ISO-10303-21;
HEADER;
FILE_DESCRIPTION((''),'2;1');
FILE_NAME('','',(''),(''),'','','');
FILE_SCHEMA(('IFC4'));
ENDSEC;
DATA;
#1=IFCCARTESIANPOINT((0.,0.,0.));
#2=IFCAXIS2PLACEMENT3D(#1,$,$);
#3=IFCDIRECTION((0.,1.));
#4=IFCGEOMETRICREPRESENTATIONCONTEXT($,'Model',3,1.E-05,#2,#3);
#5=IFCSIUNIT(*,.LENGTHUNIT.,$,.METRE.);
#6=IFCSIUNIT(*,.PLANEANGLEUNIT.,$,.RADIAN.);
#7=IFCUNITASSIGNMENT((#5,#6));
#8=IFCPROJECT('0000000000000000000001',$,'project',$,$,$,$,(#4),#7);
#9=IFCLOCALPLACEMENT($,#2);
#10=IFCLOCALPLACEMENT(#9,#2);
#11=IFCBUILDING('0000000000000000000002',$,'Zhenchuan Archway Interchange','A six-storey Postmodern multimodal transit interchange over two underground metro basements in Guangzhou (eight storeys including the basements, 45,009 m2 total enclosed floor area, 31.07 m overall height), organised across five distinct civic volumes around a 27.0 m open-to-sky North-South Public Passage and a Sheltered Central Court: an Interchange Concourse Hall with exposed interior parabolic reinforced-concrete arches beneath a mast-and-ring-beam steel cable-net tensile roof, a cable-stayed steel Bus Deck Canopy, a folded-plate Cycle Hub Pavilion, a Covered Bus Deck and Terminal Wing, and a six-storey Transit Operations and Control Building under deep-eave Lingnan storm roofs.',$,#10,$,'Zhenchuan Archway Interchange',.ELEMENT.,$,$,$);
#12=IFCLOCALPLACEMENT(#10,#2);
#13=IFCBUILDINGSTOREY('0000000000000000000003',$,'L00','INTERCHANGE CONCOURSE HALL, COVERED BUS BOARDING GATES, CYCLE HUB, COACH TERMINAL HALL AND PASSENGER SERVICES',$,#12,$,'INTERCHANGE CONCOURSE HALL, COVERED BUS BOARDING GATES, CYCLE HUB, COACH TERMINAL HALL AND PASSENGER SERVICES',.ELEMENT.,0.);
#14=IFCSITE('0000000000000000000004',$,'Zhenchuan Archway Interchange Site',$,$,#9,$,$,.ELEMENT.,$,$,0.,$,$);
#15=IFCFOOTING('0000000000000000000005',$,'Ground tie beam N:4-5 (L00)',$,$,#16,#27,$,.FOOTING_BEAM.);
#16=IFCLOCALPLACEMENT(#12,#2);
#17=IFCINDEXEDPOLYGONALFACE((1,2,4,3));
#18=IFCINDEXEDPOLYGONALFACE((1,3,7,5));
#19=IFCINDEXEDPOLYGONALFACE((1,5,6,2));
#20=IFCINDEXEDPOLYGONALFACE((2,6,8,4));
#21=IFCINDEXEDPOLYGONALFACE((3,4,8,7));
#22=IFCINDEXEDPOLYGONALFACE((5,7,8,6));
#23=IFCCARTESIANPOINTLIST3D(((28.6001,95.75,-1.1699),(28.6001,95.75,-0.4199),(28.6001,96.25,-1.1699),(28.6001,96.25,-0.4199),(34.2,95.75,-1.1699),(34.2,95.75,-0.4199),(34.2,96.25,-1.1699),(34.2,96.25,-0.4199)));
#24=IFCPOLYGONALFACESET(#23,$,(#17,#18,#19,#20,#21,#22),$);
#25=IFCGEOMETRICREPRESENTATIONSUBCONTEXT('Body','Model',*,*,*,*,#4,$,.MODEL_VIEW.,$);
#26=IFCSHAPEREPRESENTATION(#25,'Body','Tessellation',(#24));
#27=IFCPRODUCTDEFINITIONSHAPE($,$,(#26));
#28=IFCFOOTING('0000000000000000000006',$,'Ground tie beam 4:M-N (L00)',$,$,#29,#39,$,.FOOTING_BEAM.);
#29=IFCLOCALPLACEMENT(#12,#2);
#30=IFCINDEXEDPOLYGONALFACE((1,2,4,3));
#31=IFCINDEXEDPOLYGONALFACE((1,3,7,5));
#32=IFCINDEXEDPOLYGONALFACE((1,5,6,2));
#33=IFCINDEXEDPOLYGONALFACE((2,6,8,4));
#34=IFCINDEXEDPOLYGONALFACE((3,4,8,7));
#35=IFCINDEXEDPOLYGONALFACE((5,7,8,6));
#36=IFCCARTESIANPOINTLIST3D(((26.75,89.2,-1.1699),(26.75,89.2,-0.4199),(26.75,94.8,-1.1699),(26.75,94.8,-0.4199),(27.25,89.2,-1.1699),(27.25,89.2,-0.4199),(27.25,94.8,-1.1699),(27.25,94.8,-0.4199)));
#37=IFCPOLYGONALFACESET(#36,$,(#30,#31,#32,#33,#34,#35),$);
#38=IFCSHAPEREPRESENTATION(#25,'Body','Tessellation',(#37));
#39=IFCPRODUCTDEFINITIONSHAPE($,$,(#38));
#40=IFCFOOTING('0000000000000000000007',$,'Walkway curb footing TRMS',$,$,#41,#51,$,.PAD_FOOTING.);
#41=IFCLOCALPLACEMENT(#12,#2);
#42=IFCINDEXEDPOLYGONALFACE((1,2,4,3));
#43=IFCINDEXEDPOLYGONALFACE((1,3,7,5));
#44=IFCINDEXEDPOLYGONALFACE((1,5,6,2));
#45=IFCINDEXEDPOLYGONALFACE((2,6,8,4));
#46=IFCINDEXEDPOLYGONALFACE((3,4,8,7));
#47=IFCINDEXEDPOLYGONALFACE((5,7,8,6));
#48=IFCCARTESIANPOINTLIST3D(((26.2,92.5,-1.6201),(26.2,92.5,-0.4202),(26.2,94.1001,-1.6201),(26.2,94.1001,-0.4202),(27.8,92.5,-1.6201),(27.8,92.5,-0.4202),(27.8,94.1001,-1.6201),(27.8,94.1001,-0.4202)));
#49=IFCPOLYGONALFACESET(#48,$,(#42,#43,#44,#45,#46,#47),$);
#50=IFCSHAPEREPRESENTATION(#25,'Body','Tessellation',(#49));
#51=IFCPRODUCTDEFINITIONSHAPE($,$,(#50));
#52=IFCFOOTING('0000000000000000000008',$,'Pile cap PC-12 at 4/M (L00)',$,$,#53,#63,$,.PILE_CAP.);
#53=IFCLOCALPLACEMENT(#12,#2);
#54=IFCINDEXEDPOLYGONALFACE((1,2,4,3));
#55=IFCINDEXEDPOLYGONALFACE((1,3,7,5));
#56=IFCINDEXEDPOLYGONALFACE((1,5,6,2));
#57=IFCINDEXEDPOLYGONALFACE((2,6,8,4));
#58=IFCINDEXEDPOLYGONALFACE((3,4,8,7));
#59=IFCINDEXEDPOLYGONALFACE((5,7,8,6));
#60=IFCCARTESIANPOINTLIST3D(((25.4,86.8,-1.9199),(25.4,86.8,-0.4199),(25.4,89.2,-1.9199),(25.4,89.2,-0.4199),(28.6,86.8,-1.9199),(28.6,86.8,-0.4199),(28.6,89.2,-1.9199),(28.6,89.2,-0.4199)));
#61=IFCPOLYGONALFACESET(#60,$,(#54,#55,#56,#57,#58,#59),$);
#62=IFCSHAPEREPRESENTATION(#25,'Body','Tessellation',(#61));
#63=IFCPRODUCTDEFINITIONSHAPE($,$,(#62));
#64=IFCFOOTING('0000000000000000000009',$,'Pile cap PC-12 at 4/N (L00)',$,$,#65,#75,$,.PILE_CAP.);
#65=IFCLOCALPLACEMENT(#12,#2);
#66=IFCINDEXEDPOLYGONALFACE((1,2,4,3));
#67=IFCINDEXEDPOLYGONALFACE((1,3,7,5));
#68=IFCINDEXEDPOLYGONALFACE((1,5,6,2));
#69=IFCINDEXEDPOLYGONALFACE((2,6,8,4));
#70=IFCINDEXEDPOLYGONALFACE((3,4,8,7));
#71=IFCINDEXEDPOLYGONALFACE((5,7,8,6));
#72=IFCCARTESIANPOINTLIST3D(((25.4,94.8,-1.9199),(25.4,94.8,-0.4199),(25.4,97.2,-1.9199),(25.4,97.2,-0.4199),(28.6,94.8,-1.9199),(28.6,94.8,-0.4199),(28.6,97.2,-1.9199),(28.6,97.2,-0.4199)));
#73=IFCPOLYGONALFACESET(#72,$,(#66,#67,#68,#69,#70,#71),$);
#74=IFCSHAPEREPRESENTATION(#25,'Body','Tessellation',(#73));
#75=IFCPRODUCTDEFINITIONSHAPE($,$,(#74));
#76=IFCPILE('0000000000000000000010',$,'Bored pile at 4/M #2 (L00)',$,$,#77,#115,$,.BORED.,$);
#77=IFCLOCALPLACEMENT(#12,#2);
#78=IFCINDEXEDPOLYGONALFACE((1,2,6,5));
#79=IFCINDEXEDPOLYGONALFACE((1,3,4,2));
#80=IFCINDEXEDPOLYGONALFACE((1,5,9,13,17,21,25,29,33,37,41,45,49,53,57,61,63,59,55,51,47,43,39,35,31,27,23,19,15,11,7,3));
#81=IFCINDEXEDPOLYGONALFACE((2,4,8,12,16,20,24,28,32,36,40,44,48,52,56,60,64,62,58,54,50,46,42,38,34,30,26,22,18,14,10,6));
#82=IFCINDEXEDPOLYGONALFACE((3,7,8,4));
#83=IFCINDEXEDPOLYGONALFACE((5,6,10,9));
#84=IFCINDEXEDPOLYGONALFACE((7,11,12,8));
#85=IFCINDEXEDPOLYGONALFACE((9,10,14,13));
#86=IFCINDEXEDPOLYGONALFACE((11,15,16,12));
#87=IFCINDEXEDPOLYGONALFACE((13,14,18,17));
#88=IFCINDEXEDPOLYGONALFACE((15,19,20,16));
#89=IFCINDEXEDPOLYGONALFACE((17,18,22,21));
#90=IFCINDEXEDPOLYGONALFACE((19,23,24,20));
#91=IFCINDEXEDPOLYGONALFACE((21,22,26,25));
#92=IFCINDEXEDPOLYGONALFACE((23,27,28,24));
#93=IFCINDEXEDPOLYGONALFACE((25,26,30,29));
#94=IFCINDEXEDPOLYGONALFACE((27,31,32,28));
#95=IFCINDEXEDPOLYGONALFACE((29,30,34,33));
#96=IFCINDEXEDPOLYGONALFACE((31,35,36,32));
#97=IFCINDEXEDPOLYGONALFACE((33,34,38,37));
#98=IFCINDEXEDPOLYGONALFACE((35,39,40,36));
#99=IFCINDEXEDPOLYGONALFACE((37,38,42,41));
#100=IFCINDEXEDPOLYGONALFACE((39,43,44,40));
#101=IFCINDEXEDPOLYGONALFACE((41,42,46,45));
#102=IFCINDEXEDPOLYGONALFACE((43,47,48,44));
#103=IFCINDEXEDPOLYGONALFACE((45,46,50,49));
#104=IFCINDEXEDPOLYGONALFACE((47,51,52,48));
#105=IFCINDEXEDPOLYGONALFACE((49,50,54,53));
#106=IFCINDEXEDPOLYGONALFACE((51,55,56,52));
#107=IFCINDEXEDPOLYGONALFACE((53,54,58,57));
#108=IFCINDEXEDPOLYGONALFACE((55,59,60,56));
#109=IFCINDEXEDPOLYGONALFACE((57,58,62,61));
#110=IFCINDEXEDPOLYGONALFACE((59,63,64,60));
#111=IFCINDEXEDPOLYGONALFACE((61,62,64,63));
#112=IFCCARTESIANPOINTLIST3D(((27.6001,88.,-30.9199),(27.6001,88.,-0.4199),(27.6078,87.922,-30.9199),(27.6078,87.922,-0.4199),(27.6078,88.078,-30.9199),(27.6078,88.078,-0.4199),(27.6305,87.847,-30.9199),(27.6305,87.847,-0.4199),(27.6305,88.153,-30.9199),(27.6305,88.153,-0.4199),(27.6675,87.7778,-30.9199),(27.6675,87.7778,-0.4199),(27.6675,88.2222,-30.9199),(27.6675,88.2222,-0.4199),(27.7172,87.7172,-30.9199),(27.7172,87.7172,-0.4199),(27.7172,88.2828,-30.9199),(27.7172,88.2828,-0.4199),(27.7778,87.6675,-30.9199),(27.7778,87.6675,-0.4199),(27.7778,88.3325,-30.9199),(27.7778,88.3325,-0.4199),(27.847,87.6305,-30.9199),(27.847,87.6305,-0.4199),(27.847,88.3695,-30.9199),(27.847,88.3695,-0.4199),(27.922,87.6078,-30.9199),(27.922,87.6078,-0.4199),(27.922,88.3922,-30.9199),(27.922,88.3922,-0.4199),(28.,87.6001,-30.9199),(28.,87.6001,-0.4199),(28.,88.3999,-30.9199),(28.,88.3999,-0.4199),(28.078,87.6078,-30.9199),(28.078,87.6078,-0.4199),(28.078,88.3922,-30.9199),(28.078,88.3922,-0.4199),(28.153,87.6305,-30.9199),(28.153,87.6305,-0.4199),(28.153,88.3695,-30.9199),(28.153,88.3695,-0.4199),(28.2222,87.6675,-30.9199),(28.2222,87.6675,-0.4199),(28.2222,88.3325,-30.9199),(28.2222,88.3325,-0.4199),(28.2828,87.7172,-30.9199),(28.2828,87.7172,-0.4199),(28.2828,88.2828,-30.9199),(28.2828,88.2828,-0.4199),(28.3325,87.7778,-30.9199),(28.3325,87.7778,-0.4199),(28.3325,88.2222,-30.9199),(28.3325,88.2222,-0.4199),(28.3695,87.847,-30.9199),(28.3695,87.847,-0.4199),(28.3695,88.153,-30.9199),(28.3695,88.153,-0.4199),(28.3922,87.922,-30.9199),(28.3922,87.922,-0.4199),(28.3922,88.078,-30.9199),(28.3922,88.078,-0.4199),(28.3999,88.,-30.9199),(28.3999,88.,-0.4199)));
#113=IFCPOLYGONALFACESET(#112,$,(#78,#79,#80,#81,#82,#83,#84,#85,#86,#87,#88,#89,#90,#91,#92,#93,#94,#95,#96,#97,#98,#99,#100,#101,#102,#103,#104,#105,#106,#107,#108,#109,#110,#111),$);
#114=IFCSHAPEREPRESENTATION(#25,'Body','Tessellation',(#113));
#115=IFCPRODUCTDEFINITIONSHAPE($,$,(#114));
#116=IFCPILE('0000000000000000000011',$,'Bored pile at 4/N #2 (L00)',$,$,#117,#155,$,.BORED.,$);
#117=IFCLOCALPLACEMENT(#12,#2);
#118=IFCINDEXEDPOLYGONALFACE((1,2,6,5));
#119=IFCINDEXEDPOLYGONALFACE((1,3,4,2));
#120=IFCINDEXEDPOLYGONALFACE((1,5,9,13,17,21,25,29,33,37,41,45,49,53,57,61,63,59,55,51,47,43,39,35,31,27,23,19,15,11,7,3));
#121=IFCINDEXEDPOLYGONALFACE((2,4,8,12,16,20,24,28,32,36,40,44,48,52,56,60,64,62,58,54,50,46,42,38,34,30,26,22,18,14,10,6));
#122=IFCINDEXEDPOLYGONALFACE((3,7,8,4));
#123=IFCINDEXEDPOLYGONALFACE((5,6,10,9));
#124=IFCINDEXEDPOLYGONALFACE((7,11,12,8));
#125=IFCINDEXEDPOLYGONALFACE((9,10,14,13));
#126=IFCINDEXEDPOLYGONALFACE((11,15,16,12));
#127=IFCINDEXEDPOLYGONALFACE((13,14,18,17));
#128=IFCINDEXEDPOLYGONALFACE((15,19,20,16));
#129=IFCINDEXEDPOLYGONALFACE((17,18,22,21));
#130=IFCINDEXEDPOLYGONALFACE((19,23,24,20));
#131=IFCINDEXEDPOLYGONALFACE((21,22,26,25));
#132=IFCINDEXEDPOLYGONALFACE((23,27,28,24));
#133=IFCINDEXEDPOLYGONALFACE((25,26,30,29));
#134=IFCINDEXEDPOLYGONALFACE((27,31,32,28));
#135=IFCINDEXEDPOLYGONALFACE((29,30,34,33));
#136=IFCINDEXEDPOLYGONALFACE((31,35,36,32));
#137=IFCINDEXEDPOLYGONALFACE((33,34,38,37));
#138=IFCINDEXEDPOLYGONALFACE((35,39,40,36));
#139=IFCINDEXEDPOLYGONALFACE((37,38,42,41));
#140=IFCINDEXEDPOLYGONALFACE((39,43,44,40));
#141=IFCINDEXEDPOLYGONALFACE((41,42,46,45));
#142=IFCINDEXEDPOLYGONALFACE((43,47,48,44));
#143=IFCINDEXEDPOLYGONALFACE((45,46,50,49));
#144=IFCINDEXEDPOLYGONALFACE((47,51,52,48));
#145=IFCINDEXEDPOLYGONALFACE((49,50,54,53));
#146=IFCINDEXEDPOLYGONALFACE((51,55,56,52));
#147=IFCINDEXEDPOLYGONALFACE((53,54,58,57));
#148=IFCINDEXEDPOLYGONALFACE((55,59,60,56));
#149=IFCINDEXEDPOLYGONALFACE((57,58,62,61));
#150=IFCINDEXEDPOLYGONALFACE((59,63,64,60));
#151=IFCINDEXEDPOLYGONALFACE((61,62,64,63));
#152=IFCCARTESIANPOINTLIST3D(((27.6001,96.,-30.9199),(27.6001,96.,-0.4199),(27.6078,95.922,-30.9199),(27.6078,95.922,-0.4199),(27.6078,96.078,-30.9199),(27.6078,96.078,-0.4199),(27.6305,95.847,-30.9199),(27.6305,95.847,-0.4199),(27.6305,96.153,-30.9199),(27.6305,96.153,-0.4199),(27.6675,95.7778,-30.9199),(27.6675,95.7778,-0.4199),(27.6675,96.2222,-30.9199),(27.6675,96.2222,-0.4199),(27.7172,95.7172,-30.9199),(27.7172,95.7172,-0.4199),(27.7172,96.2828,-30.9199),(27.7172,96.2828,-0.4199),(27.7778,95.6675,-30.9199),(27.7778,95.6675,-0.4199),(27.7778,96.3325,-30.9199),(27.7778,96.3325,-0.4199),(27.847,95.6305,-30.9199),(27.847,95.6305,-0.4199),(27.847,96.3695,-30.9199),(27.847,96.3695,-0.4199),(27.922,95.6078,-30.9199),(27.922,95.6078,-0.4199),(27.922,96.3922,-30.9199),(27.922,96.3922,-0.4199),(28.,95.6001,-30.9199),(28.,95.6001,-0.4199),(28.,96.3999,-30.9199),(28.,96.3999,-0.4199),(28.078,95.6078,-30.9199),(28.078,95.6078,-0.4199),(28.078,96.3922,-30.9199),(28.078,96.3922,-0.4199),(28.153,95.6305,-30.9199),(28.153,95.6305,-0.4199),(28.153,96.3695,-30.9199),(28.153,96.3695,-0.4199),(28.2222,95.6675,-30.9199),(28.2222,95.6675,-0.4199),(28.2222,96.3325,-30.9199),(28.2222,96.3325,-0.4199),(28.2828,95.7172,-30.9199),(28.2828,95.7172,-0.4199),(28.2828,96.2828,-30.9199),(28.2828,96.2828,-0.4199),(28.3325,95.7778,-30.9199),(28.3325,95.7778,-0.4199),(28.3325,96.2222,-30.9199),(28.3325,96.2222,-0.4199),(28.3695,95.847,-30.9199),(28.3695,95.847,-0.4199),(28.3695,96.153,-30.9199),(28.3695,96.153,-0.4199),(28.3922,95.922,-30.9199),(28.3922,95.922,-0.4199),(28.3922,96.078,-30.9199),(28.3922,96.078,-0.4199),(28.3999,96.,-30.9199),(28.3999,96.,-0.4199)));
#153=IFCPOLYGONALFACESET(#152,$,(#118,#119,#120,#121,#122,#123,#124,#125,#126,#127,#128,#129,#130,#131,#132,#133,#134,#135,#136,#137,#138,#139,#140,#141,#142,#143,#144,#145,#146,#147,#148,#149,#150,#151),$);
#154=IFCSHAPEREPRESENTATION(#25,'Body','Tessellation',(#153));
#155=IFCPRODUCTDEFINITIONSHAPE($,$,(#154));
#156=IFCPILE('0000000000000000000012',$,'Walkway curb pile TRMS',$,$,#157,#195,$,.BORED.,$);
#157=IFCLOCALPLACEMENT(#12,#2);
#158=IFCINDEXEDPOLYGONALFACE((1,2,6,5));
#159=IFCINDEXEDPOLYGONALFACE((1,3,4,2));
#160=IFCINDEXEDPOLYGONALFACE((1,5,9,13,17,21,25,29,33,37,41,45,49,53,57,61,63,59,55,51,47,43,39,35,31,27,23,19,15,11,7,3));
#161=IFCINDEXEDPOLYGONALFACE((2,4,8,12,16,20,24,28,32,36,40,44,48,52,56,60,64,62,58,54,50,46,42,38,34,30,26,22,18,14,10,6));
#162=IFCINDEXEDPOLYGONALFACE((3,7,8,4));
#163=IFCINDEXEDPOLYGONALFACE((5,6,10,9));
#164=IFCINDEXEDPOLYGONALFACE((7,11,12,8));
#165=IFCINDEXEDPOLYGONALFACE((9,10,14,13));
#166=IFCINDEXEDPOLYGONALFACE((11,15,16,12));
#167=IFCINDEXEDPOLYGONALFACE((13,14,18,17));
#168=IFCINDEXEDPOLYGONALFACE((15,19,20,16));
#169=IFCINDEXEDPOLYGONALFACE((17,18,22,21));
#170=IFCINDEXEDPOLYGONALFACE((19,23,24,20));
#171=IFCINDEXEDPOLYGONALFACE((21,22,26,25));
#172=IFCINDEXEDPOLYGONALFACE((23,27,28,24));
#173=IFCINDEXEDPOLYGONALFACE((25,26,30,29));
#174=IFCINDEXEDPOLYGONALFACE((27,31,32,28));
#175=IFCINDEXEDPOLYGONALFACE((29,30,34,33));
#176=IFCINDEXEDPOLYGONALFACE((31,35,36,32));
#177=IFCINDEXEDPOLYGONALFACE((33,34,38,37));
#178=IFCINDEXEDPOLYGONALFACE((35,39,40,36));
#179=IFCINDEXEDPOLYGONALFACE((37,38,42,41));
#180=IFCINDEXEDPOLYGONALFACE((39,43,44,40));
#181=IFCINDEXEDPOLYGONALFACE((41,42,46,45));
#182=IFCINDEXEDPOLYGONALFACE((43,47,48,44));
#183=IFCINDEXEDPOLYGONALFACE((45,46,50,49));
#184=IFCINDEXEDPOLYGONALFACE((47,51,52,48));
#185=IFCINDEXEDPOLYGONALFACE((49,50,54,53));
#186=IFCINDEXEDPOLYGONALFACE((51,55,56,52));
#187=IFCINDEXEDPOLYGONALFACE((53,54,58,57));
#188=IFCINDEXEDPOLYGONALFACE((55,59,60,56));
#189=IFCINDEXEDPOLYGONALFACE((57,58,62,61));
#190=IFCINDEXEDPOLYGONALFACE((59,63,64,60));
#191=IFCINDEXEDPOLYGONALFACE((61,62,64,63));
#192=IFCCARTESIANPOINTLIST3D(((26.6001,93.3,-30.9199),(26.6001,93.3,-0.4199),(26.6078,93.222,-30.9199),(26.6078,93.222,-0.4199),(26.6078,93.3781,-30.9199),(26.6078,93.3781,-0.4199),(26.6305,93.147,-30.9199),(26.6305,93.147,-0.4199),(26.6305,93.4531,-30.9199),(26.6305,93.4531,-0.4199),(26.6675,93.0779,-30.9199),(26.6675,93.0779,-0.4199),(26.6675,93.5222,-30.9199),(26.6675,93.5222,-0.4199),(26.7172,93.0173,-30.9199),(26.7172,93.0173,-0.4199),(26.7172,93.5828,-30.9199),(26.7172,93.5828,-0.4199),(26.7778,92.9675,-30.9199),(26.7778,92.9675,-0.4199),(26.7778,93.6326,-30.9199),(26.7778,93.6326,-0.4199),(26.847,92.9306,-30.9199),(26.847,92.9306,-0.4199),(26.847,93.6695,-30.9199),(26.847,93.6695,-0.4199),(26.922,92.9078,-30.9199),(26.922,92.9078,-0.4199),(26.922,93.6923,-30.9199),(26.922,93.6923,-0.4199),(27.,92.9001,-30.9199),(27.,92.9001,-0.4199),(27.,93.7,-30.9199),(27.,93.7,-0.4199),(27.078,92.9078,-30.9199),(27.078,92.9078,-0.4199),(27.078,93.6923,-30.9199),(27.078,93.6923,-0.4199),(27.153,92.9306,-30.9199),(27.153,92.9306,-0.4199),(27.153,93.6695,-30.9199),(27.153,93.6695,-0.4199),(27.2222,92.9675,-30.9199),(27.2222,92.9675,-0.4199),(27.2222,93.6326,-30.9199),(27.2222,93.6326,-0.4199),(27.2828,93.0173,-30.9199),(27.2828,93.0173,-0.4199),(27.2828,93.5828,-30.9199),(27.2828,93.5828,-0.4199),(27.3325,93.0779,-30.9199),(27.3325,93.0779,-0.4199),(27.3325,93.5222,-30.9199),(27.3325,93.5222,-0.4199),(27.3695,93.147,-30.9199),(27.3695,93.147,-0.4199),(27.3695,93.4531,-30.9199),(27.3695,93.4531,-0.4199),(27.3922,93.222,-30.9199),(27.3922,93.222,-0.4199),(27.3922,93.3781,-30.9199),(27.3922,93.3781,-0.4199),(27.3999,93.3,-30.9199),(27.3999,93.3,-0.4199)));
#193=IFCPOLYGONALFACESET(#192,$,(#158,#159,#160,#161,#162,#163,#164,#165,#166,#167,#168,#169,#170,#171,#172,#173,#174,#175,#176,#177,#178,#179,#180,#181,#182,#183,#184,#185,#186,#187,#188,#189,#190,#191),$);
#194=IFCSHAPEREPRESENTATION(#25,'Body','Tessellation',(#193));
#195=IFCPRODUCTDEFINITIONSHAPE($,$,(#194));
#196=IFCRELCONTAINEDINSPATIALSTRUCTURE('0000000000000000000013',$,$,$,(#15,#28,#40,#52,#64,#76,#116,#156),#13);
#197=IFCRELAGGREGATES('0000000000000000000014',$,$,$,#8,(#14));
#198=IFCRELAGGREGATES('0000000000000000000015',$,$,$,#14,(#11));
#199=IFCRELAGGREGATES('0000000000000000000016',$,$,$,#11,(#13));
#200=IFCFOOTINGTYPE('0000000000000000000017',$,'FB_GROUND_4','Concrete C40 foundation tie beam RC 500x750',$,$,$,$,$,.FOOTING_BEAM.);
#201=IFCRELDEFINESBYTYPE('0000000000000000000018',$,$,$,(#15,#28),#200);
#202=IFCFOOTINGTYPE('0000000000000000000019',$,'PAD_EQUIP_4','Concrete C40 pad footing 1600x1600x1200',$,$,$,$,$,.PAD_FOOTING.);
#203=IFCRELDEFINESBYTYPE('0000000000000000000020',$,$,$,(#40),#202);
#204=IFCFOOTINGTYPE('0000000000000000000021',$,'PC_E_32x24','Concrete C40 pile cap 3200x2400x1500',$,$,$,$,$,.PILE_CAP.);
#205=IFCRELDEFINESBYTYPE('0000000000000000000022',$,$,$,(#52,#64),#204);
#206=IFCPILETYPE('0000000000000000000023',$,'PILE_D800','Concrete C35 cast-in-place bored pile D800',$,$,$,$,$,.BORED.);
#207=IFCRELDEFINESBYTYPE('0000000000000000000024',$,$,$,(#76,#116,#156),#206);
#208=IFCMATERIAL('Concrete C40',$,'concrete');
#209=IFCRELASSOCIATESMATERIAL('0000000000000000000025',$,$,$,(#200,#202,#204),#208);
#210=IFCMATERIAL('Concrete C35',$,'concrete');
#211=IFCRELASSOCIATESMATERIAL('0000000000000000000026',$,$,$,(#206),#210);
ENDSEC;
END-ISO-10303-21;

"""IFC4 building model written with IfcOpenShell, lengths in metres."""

from ifc_helpers import new_model, si_unit, direction, frame, origin, origin_2d, place, context, subcontext, project, spatial, rectangle, circle, extrude, material, material_profile, profile_set, type_object, element, save


model = new_model("IFC4")

# Units and contexts
model_context = context("Model", 3, precision=1e-05, world=origin(), true_north=direction((0.0, 1.0)))
body_context = subcontext(model_context, "Body", "Model", "MODEL_VIEW")
ifc_project = project(units=[si_unit("LENGTHUNIT", "METRE"), si_unit("PLANEANGLEUNIT", "RADIAN")], contexts=[model_context])

# Site, building, storey
site_placement = place(None, origin())
site = spatial("IfcSite", under=ifc_project, at=site_placement, Name="Zhenchuan Archway Interchange Site", CompositionType="ELEMENT", RefElevation=0.0)
building_placement = place(site_placement, origin())
building = spatial("IfcBuilding", under=site, at=building_placement, Name="Zhenchuan Archway Interchange", Description="A six-storey Postmodern multimodal transit interchange over two underground metro basements in Guangzhou (eight storeys including the basements, 45,009 m2 total enclosed floor area, 31.07 m overall height), organised across five distinct civic volumes around a 27.0 m open-to-sky North-South Public Passage and a Sheltered Central Court: an Interchange Concourse Hall with exposed interior parabolic reinforced-concrete arches beneath a mast-and-ring-beam steel cable-net tensile roof, a cable-stayed steel Bus Deck Canopy, a folded-plate Cycle Hub Pavilion, a Covered Bus Deck and Terminal Wing, and a six-storey Transit Operations and Control Building under deep-eave Lingnan storm roofs.", LongName="Zhenchuan Archway Interchange", CompositionType="ELEMENT")
storey_placement = place(building_placement, origin())
storey = spatial("IfcBuildingStorey", under=building, at=storey_placement, Name="L00", Description="INTERCHANGE CONCOURSE HALL, COVERED BUS BOARDING GATES, CYCLE HUB, COACH TERMINAL HALL AND PASSENGER SERVICES", LongName="INTERCHANGE CONCOURSE HALL, COVERED BUS BOARDING GATES, CYCLE HUB, COACH TERMINAL HALL AND PASSENGER SERVICES", CompositionType="ELEMENT", Elevation=0.0)

# Footings
ifc_material_1 = material(Name="Concrete C40", Category="concrete")
ifc_material_profile_1 = material_profile(ifc_material_1, rectangle(XDim=0.5, YDim=0.75, at=origin_2d()), Name="RC 500x750")
ifc_profile_set_1 = profile_set([ifc_material_profile_1], Name="Concrete C40")
footing_type_1 = type_object("IfcFootingType", Name="FB_GROUND_4", Description="Concrete C40 foundation tie beam RC 500x750", PredefinedType="FOOTING_BEAM", material=ifc_profile_set_1)
footing_1_placement = place(storey_placement, frame((28.6001, 96.0, -0.7949), z_axis=(1.0, 0.0, 0.0), x_axis=(0.0, 1.0, 0.0)))
element("IfcFooting", 1, at=footing_1_placement, inside=storey, type_object=footing_type_1, Name="Ground tie beam N:4-5 (L00)", PredefinedType="FOOTING_BEAM", context=body_context, shape_type="SweptSolid", body=[
    extrude(rectangle(XDim=0.5, YDim=0.75, at=origin_2d()), origin(), (0.0, 0.0, 1.0), 5.5999),
])
footing_2_placement = place(storey_placement, frame((27.0, 89.2, -0.7949), z_axis=(0.0, 1.0, 0.0), x_axis=(-1.0, 0.0, 0.0)))
element("IfcFooting", 2, at=footing_2_placement, inside=storey, type_object=footing_type_1, Name="Ground tie beam 4:M-N (L00)", PredefinedType="FOOTING_BEAM", context=body_context, shape_type="SweptSolid", body=[
    extrude(rectangle(XDim=0.5, YDim=0.75, at=origin_2d()), origin(), (0.0, 0.0, 1.0), 5.6001),
])
footing_type_2 = type_object("IfcFootingType", Name="PAD_EQUIP_4", Description="Concrete C40 pad footing 1600x1600x1200", PredefinedType="PAD_FOOTING", material=ifc_material_1)
footing_3_placement = place(storey_placement, frame((27.0, 93.3, -1.6201), z_axis=(0.0, 0.0, 1.0), x_axis=(1.0, 0.0, 0.0)))
element("IfcFooting", 3, at=footing_3_placement, inside=storey, type_object=footing_type_2, Name="Walkway curb footing TRMS", PredefinedType="PAD_FOOTING", context=body_context, shape_type="SweptSolid", body=[
    extrude(rectangle(XDim=1.6001, YDim=1.6001, at=origin_2d()), origin(), (0.0, 0.0, 1.0), 1.2),
])
footing_type_3 = type_object("IfcFootingType", Name="PC_E_32x24", Description="Concrete C40 pile cap 3200x2400x1500", PredefinedType="PILE_CAP", material=ifc_material_1)
for number, where, z_axis, x_axis, name in (
    (4, (27.0, 88.0, -1.9199), (0.0, 0.0, 1.0), (1.0, 0.0, 0.0), "Pile cap PC-12 at 4/M (L00)"),
    (5, (27.0, 96.0, -1.9199), (0.0, 0.0, 1.0), (1.0, 0.0, 0.0), "Pile cap PC-12 at 4/N (L00)"),
):
    element("IfcFooting", number, at=place(storey_placement, frame(where, z_axis=z_axis, x_axis=x_axis)), inside=storey, type_object=footing_type_3, Name=name, PredefinedType="PILE_CAP", context=body_context, shape_type="SweptSolid", body=[
        extrude(rectangle(XDim=3.2, YDim=2.3999, at=origin_2d()), origin(), (0.0, 0.0, 1.0), 1.5),
    ])

# Piles
ifc_material_2 = material(Name="Concrete C35", Category="concrete")
ifc_material_profile_2 = material_profile(ifc_material_2, circle(Radius=0.3999, at=origin_2d()), Name="BORED PILE 800")
ifc_profile_set_2 = profile_set([ifc_material_profile_2], Name="Concrete C35")
pile_type = type_object("IfcPileType", Name="PILE_D800", Description="Concrete C35 cast-in-place bored pile D800", PredefinedType="BORED", material=ifc_profile_set_2)
for number, where, z_axis, x_axis, name in (
    (6, (28.0, 88.0, -0.4199), (0.0, 0.0, -1.0), (1.0, 0.0, 0.0), "Bored pile at 4/M #2 (L00)"),
    (7, (28.0, 96.0, -0.4199), (0.0, 0.0, -1.0), (1.0, 0.0, 0.0), "Bored pile at 4/N #2 (L00)"),
    (8, (27.0, 93.3, -0.4199), (0.0, 0.0, -1.0), (1.0, 0.0, 0.0), "Walkway curb pile TRMS"),
):
    element("IfcPile", number, at=place(storey_placement, frame(where, z_axis=z_axis, x_axis=x_axis)), inside=storey, type_object=pile_type, Name=name, PredefinedType="BORED", context=body_context, shape_type="SweptSolid", body=[
        extrude(circle(Radius=0.3999, at=origin_2d()), origin(), (0.0, 0.0, 1.0), 30.5),
    ])

save(model, "model.ifc")
